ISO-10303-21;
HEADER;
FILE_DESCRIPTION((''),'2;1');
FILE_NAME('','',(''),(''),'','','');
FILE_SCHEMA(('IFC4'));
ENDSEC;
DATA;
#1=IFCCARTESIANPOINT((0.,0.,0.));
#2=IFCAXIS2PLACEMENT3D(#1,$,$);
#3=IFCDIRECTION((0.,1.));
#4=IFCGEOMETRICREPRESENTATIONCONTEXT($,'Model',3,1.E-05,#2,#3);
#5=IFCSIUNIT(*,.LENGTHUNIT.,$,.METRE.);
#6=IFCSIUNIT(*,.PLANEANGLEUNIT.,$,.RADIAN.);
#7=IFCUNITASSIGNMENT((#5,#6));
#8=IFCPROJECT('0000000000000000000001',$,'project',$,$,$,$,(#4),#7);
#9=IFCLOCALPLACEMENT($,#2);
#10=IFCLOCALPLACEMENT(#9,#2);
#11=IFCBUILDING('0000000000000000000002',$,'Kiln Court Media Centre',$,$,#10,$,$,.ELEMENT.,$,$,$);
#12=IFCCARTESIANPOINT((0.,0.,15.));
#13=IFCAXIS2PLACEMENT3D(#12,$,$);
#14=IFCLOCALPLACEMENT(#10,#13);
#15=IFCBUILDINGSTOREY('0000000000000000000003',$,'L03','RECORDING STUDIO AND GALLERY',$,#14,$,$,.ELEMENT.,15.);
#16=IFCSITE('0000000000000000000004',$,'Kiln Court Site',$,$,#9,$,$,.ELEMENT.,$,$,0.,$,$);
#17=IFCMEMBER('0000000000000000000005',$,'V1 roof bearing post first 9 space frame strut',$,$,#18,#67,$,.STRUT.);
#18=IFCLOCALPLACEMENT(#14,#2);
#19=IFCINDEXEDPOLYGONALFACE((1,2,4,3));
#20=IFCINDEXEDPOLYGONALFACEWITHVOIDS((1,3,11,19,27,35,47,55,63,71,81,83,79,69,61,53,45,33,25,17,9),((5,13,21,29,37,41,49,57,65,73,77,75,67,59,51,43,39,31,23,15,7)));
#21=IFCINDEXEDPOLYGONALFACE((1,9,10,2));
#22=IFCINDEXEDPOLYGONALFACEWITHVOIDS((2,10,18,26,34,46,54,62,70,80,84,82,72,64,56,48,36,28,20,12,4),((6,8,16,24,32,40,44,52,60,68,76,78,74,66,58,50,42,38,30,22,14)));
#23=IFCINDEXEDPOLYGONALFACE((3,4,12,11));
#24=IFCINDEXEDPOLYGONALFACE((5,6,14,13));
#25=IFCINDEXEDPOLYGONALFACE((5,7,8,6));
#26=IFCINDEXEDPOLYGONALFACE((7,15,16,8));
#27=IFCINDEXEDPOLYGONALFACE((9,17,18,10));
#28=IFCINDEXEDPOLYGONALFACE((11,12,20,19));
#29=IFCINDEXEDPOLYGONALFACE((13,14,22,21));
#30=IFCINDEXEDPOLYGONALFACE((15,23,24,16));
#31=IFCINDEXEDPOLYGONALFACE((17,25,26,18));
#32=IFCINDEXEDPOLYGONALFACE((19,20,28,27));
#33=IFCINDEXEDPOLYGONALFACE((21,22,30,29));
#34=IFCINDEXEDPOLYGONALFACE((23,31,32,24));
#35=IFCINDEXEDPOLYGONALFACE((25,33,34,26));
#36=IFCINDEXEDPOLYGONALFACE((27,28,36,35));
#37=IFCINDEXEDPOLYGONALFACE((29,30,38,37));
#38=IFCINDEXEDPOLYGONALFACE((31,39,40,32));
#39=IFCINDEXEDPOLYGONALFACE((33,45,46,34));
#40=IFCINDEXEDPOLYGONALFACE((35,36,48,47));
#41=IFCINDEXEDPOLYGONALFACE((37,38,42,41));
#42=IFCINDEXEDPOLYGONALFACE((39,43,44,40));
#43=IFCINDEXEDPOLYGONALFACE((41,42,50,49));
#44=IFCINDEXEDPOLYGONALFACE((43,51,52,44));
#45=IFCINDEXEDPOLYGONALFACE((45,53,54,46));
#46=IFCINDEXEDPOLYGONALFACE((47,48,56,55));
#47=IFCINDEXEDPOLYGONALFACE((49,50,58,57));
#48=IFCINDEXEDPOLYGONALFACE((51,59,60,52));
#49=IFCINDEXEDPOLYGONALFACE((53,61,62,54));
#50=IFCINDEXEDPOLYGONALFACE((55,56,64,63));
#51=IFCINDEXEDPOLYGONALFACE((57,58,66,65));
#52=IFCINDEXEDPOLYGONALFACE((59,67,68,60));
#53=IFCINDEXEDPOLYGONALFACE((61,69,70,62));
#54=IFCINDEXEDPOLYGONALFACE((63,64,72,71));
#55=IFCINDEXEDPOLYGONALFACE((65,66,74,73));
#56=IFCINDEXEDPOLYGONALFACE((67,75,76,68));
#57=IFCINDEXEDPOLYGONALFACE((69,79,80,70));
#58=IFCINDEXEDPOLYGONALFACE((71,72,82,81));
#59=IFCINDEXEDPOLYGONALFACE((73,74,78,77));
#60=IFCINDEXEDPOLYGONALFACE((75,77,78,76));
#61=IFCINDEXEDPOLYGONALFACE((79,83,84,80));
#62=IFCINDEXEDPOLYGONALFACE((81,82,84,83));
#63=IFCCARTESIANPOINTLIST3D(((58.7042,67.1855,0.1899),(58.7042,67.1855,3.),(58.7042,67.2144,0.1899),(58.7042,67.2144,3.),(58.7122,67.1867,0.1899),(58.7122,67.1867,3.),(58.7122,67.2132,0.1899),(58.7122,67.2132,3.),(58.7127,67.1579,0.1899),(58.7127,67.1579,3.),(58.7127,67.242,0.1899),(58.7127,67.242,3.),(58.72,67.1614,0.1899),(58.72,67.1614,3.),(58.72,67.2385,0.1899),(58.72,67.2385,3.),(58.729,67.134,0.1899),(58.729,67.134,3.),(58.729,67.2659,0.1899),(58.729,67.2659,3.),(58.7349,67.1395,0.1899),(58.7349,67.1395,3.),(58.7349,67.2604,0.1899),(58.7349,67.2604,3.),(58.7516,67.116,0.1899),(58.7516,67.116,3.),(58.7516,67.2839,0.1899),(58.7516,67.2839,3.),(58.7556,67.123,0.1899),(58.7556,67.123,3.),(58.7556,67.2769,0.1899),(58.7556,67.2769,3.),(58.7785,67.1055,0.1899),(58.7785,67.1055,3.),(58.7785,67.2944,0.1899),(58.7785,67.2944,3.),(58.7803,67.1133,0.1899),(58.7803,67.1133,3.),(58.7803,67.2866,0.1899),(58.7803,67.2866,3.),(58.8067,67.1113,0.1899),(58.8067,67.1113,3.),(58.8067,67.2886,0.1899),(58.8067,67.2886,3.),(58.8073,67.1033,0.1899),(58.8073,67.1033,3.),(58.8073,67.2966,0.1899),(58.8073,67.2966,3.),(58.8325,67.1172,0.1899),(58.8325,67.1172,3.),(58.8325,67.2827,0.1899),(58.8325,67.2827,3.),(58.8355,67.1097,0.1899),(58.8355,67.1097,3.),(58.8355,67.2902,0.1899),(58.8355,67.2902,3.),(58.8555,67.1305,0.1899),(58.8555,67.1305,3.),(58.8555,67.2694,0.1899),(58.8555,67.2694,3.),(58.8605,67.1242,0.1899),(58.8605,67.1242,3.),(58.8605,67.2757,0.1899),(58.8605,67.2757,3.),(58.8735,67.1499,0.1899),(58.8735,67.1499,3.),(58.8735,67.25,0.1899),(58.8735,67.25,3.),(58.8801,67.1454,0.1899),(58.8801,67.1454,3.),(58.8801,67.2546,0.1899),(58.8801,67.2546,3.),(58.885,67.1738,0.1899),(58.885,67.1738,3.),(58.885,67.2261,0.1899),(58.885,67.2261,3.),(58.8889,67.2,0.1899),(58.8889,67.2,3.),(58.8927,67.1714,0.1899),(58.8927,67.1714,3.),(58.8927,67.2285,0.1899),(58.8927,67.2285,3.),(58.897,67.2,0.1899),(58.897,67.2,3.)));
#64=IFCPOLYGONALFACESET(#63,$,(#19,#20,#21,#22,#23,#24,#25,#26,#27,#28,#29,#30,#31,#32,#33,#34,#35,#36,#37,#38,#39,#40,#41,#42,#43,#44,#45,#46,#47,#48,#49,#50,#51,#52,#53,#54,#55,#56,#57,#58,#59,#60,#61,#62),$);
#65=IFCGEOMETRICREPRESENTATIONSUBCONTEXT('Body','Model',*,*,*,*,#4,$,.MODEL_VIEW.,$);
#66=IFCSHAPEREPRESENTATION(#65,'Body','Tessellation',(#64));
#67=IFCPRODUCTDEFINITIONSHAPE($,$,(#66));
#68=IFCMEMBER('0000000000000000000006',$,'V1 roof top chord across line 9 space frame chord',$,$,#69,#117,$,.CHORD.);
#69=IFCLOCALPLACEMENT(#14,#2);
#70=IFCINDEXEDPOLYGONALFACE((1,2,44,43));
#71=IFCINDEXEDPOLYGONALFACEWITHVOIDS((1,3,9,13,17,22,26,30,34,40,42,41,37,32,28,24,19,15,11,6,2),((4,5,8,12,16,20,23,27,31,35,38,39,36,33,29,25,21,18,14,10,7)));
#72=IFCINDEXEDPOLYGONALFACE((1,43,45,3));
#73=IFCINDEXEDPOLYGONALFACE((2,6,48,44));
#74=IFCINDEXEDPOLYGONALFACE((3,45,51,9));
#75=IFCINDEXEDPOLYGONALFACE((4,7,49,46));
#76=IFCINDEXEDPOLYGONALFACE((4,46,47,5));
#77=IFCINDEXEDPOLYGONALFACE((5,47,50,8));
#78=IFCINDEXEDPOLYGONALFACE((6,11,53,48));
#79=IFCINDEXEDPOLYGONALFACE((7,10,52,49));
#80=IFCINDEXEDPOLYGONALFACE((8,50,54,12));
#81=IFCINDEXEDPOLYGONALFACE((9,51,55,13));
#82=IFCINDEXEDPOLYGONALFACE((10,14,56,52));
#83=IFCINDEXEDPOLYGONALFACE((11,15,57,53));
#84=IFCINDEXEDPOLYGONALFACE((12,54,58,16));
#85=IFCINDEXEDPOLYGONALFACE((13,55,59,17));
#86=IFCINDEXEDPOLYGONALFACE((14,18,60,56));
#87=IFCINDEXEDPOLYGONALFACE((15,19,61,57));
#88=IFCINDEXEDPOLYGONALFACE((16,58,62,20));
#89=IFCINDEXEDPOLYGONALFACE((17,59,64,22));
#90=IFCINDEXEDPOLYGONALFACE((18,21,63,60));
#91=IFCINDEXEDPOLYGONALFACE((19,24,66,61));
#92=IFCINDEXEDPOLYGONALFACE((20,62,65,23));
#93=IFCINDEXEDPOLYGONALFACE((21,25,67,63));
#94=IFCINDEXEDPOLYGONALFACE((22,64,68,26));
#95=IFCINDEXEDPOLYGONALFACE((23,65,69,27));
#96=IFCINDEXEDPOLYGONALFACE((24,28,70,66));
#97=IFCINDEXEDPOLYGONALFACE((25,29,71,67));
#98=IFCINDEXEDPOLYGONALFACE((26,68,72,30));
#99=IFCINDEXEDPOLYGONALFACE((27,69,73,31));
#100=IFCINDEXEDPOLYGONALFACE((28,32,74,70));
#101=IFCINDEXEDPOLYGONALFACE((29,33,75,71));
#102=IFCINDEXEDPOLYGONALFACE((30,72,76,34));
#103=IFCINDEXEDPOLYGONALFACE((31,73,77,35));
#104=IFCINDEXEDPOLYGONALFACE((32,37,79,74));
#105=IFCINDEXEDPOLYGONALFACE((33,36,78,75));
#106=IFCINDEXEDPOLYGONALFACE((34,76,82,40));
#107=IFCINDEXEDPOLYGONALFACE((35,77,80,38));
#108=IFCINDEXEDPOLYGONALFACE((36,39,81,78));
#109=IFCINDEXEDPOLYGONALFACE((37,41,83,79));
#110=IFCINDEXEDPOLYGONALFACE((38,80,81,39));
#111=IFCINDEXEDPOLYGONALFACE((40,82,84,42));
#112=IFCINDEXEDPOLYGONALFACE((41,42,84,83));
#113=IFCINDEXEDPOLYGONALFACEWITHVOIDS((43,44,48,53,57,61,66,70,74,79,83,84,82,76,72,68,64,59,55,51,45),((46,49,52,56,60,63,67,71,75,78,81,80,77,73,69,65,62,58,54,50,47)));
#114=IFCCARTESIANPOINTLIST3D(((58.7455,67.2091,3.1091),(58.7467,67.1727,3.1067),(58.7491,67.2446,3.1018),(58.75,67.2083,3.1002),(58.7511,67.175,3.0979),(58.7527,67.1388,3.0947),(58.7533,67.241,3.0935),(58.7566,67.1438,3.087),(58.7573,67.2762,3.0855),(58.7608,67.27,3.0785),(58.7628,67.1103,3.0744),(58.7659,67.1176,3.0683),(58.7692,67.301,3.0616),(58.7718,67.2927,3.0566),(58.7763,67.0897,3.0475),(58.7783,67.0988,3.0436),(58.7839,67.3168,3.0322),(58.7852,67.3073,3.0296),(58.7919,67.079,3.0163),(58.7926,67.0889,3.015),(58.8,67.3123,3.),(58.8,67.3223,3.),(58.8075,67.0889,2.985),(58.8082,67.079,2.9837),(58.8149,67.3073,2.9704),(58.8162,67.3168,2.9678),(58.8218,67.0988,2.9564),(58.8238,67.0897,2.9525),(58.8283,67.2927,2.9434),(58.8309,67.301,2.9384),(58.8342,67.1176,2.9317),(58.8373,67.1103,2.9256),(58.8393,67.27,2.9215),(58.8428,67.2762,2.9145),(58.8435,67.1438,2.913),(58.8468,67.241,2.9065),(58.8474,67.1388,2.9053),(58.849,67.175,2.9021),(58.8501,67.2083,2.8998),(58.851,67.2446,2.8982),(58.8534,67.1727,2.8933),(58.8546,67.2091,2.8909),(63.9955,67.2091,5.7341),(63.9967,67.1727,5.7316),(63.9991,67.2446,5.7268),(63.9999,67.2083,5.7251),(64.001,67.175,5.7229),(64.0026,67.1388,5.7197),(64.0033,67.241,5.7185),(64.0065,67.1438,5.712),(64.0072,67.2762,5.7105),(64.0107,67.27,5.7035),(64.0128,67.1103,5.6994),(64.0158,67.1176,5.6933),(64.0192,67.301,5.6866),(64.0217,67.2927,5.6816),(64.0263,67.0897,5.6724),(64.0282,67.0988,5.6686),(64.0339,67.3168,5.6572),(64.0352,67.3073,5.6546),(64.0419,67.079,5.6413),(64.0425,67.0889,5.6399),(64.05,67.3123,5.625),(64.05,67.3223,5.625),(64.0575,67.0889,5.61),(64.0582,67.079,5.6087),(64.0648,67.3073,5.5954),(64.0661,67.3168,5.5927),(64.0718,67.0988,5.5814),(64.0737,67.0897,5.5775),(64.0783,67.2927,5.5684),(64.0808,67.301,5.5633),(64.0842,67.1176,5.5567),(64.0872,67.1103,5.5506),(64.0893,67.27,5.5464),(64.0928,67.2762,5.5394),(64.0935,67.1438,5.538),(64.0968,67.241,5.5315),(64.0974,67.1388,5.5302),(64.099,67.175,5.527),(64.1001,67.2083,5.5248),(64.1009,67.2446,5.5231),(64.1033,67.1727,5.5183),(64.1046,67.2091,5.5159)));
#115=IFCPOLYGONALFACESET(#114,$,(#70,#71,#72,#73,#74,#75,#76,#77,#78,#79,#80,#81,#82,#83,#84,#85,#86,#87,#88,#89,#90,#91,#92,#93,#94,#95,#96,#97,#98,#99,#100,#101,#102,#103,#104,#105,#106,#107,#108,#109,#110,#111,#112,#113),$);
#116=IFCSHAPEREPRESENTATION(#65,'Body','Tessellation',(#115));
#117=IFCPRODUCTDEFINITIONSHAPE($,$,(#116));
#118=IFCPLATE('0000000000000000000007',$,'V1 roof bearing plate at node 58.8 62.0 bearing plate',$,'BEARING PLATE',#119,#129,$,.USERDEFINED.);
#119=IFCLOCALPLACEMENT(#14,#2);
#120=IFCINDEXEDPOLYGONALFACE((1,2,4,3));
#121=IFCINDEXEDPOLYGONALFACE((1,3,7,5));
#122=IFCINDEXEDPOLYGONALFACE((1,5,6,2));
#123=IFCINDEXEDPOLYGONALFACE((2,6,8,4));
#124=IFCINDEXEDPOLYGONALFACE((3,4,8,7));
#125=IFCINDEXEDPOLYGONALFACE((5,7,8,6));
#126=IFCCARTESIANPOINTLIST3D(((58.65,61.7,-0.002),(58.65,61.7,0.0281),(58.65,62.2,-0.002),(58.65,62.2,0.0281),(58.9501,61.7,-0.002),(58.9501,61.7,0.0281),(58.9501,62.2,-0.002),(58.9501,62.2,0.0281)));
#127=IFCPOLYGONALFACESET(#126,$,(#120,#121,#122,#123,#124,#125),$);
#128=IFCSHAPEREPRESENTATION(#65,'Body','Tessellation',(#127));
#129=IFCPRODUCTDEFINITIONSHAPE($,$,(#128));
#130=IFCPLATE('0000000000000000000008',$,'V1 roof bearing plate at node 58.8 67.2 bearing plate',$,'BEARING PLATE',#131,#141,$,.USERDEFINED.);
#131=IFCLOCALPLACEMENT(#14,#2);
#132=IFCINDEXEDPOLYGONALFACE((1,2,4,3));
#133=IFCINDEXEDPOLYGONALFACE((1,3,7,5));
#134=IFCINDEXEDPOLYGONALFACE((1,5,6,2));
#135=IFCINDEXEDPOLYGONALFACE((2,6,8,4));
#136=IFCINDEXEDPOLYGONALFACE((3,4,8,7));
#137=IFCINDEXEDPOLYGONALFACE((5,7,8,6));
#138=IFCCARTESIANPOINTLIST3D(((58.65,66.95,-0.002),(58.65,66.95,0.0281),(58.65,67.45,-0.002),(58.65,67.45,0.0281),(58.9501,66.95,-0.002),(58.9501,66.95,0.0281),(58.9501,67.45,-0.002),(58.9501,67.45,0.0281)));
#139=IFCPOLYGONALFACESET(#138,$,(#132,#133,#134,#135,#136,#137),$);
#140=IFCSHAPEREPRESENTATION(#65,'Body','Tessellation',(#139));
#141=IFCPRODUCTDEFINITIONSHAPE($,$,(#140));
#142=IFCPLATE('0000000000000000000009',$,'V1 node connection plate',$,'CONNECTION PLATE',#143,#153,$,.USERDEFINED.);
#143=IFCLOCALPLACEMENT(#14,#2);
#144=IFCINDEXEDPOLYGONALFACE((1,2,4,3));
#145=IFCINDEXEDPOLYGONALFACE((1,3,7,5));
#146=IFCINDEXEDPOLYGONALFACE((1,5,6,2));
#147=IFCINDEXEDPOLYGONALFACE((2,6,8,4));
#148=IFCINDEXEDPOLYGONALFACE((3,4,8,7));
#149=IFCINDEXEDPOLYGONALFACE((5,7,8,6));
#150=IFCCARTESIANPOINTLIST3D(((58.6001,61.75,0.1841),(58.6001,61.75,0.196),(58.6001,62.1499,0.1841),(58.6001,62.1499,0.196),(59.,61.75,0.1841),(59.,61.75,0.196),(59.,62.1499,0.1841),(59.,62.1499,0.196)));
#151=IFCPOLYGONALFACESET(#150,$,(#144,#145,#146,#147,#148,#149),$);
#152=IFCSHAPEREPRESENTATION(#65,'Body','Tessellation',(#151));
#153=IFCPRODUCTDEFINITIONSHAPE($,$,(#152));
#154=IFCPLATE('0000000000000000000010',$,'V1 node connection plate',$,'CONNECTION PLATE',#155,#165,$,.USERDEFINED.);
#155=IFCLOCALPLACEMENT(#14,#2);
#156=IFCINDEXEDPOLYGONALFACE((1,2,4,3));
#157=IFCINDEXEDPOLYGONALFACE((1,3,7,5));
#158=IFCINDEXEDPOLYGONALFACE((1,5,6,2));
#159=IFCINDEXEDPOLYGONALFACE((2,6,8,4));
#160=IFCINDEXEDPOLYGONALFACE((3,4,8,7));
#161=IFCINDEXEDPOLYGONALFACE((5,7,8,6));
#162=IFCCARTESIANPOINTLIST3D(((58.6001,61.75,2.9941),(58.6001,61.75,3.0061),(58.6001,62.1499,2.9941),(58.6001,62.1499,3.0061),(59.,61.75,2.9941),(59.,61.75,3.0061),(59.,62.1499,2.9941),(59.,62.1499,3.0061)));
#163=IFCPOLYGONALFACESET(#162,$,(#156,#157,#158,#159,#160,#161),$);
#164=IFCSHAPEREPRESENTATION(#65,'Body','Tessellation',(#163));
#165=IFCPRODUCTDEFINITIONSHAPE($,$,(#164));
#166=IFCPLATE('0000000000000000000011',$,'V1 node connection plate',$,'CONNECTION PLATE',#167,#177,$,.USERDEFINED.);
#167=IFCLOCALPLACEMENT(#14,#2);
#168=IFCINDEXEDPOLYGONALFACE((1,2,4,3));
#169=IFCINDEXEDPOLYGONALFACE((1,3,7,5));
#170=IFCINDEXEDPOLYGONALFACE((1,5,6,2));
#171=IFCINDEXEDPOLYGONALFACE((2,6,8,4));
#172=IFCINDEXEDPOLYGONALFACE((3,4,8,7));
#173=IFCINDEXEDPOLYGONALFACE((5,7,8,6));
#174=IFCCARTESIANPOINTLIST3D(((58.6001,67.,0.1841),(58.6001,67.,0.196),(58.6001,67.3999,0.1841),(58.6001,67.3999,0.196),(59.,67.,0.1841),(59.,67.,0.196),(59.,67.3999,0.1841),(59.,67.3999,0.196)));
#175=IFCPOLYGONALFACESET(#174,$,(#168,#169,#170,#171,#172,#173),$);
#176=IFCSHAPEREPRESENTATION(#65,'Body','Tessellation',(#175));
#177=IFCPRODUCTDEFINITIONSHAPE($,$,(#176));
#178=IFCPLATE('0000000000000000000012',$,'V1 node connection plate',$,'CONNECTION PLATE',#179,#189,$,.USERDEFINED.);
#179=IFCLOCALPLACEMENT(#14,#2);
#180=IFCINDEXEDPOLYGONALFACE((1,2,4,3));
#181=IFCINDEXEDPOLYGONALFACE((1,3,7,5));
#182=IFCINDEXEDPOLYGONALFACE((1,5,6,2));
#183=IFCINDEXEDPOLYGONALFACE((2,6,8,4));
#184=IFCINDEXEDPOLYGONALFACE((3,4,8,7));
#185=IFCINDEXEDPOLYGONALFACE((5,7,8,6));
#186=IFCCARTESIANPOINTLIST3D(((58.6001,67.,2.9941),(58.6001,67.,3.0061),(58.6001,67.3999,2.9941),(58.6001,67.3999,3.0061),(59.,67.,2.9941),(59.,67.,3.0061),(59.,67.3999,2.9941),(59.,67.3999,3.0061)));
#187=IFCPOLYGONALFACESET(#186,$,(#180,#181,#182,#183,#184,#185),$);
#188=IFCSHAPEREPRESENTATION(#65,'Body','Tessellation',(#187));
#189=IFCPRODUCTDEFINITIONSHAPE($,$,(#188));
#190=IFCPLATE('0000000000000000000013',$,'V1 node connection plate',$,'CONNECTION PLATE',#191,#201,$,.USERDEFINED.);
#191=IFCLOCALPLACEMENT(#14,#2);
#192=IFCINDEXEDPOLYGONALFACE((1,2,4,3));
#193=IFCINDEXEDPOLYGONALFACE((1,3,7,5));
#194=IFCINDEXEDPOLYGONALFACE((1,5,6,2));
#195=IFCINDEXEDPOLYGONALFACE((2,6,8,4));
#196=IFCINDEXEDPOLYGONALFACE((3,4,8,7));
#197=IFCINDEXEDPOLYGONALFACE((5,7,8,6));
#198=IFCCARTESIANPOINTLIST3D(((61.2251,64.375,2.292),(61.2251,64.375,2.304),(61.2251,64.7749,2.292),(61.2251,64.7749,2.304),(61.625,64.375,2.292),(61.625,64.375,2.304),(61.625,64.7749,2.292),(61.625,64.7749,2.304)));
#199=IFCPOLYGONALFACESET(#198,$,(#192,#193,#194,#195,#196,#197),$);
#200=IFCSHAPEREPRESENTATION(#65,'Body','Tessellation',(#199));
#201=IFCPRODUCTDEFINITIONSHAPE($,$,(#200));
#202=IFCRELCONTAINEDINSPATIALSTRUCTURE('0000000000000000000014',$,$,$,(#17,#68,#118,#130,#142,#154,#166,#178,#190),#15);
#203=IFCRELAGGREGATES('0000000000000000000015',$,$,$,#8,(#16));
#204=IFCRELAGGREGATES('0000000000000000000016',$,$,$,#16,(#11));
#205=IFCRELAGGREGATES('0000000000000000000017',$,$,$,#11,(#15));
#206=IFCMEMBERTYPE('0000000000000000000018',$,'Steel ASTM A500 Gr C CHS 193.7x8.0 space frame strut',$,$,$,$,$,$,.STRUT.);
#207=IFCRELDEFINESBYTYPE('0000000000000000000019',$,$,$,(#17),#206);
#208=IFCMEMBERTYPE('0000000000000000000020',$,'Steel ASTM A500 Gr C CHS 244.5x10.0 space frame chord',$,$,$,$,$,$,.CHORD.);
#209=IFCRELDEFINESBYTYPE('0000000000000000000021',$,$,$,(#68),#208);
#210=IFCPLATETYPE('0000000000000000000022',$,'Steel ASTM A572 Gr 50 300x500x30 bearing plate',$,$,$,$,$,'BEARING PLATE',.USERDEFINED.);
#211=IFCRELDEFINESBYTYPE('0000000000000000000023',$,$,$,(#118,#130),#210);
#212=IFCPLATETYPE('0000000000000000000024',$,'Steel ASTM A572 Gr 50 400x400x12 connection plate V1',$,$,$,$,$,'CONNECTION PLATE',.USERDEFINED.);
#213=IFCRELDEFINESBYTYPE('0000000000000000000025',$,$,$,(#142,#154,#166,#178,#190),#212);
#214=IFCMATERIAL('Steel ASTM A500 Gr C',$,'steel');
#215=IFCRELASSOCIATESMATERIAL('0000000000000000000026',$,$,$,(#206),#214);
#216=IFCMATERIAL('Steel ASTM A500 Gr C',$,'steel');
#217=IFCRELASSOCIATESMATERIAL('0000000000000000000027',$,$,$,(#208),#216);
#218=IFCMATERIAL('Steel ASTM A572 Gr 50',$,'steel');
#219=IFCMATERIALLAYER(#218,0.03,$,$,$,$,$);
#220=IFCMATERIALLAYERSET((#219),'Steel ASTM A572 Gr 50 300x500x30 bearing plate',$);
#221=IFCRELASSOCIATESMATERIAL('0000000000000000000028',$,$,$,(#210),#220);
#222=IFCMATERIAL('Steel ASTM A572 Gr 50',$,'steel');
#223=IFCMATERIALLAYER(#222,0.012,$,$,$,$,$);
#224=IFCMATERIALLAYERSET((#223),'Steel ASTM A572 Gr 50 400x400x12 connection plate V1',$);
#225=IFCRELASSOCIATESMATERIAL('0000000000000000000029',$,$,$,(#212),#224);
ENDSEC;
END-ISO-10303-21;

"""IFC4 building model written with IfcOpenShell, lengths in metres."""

from ifc_helpers import new_model, si_unit, direction, frame, origin, origin_2d, place, context, subcontext, project, spatial, rectangle, hollow_circle, extrude, material, layer, layer_set, material_profile, profile_set, type_object, element, save


model = new_model("IFC4")

# Units and contexts
model_context = context("Model", 3, precision=1e-05, world=origin(), true_north=direction((0.0, 1.0)))
body_context = subcontext(model_context, "Body", "Model", "MODEL_VIEW")
ifc_project = project(units=[si_unit("LENGTHUNIT", "METRE"), si_unit("PLANEANGLEUNIT", "RADIAN")], contexts=[model_context])

# Site, building, storey
site_placement = place(None, origin())
site = spatial("IfcSite", under=ifc_project, at=site_placement, Name="Kiln Court Site", CompositionType="ELEMENT", RefElevation=0.0)
building_placement = place(site_placement, origin())
building = spatial("IfcBuilding", under=site, at=building_placement, Name="Kiln Court Media Centre", CompositionType="ELEMENT")
storey_placement = place(building_placement, frame((0.0, 0.0, 15.0)))
storey = spatial("IfcBuildingStorey", under=building, at=storey_placement, Name="L03", Description="RECORDING STUDIO AND GALLERY", CompositionType="ELEMENT", Elevation=15.0)

# Members
ifc_material_1 = material(Name="Steel ASTM A500 Gr C", Category="steel")
ifc_material_profile_1 = material_profile(ifc_material_1, hollow_circle(Radius=0.0969, WallThickness=0.0081, at=origin_2d()), Name="CHS 193.7x8.0")
ifc_profile_set_1 = profile_set([ifc_material_profile_1], Name="Steel ASTM A500 Gr C")
member_type_1 = type_object("IfcMemberType", Name="Steel ASTM A500 Gr C CHS 193.7x8.0 space frame strut", PredefinedType="STRUT", material=ifc_profile_set_1)
for number, where, z_axis, x_axis, name in (
    (1, (58.8, 67.2, 0.1899), (0.0, 0.0, 1.0), (1.0, 0.0, 0.0), "V1 roof bearing post first 9 space frame strut"),
):
    element("IfcMember", number, at=place(storey_placement, frame(where, z_axis=z_axis, x_axis=x_axis)), inside=storey, type_object=member_type_1, Name=name, PredefinedType="STRUT", context=body_context, shape_type="SweptSolid", body=[
        extrude(hollow_circle(Radius=0.0969, WallThickness=0.0081, at=origin_2d()), origin(), (0.0, 0.0, 1.0), 2.8101),
    ])
ifc_material_2 = material(Name="Steel ASTM A500 Gr C", Category="steel")
ifc_material_profile_2 = material_profile(ifc_material_2, hollow_circle(Radius=0.1223, WallThickness=0.01, at=origin_2d()), Name="CHS 244.5x10.0")
ifc_profile_set_2 = profile_set([ifc_material_profile_2], Name="Steel ASTM A500 Gr C")
member_type_2 = type_object("IfcMemberType", Name="Steel ASTM A500 Gr C CHS 244.5x10.0 space frame chord", PredefinedType="CHORD", material=ifc_profile_set_2)
member_1_placement = place(storey_placement, frame((58.8, 67.2, 3.0), z_axis=(0.894427, 0.0, 0.447214), x_axis=(0.0, 1.0, 0.0)))
element("IfcMember", 2, at=member_1_placement, inside=storey, type_object=member_type_2, Name="V1 roof top chord across line 9 space frame chord", PredefinedType="CHORD", context=body_context, shape_type="SweptSolid", body=[
    extrude(hollow_circle(Radius=0.1223, WallThickness=0.01, at=origin_2d()), origin(), (0.0, 0.0, 1.0), 5.8696),
])

# Plates
ifc_material_3 = material(Name="Steel ASTM A572 Gr 50", Category="steel")
ifc_layer_1 = layer(ifc_material_3, 0.03)
ifc_layer_set_1 = layer_set([ifc_layer_1], Name="Steel ASTM A572 Gr 50 300x500x30 bearing plate")
plate_type_1 = type_object("IfcPlateType", Name="Steel ASTM A572 Gr 50 300x500x30 bearing plate", ElementType="BEARING PLATE", PredefinedType="USERDEFINED", material=ifc_layer_set_1)
for number, where, z_axis, x_axis, name in (
    (3, (58.8, 61.95, -0.002), (0.0, 0.0, 1.0), (1.0, 0.0, 0.0), "V1 roof bearing plate at node 58.8 62.0 bearing plate"),
    (4, (58.8, 67.2, -0.002), (0.0, 0.0, 1.0), (1.0, 0.0, 0.0), "V1 roof bearing plate at node 58.8 67.2 bearing plate"),
):
    element("IfcPlate", number, at=place(storey_placement, frame(where, z_axis=z_axis, x_axis=x_axis)), inside=storey, type_object=plate_type_1, Name=name, ObjectType="BEARING PLATE", PredefinedType="USERDEFINED", context=body_context, shape_type="SweptSolid", body=[
        extrude(rectangle(XDim=0.3, YDim=0.5, at=origin_2d()), origin(), (0.0, 0.0, 1.0), 0.03),
    ])
ifc_material_4 = material(Name="Steel ASTM A572 Gr 50", Category="steel")
ifc_layer_2 = layer(ifc_material_4, 0.012)
ifc_layer_set_2 = layer_set([ifc_layer_2], Name="Steel ASTM A572 Gr 50 400x400x12 connection plate V1")
plate_type_2 = type_object("IfcPlateType", Name="Steel ASTM A572 Gr 50 400x400x12 connection plate V1", ElementType="CONNECTION PLATE", PredefinedType="USERDEFINED", material=ifc_layer_set_2)
for number, where, z_axis, x_axis, name in (
    (5, (58.8, 61.95, 0.1841), (0.0, 0.0, 1.0), (1.0, 0.0, 0.0), "V1 node connection plate"),
    (6, (58.8, 61.95, 2.9941), (0.0, 0.0, 1.0), (1.0, 0.0, 0.0), "V1 node connection plate"),
    (7, (58.8, 67.2, 0.1841), (0.0, 0.0, 1.0), (1.0, 0.0, 0.0), "V1 node connection plate"),
    (8, (58.8, 67.2, 2.9941), (0.0, 0.0, 1.0), (1.0, 0.0, 0.0), "V1 node connection plate"),
    (9, (61.425, 64.575, 2.292), (0.0, 0.0, 1.0), (1.0, 0.0, 0.0), "V1 node connection plate"),
):
    element("IfcPlate", number, at=place(storey_placement, frame(where, z_axis=z_axis, x_axis=x_axis)), inside=storey, type_object=plate_type_2, Name=name, ObjectType="CONNECTION PLATE", PredefinedType="USERDEFINED", context=body_context, shape_type="SweptSolid", body=[
        extrude(rectangle(XDim=0.3999, YDim=0.3999, at=origin_2d()), origin(), (0.0, 0.0, 1.0), 0.012),
    ])

save(model, "model.ifc")
